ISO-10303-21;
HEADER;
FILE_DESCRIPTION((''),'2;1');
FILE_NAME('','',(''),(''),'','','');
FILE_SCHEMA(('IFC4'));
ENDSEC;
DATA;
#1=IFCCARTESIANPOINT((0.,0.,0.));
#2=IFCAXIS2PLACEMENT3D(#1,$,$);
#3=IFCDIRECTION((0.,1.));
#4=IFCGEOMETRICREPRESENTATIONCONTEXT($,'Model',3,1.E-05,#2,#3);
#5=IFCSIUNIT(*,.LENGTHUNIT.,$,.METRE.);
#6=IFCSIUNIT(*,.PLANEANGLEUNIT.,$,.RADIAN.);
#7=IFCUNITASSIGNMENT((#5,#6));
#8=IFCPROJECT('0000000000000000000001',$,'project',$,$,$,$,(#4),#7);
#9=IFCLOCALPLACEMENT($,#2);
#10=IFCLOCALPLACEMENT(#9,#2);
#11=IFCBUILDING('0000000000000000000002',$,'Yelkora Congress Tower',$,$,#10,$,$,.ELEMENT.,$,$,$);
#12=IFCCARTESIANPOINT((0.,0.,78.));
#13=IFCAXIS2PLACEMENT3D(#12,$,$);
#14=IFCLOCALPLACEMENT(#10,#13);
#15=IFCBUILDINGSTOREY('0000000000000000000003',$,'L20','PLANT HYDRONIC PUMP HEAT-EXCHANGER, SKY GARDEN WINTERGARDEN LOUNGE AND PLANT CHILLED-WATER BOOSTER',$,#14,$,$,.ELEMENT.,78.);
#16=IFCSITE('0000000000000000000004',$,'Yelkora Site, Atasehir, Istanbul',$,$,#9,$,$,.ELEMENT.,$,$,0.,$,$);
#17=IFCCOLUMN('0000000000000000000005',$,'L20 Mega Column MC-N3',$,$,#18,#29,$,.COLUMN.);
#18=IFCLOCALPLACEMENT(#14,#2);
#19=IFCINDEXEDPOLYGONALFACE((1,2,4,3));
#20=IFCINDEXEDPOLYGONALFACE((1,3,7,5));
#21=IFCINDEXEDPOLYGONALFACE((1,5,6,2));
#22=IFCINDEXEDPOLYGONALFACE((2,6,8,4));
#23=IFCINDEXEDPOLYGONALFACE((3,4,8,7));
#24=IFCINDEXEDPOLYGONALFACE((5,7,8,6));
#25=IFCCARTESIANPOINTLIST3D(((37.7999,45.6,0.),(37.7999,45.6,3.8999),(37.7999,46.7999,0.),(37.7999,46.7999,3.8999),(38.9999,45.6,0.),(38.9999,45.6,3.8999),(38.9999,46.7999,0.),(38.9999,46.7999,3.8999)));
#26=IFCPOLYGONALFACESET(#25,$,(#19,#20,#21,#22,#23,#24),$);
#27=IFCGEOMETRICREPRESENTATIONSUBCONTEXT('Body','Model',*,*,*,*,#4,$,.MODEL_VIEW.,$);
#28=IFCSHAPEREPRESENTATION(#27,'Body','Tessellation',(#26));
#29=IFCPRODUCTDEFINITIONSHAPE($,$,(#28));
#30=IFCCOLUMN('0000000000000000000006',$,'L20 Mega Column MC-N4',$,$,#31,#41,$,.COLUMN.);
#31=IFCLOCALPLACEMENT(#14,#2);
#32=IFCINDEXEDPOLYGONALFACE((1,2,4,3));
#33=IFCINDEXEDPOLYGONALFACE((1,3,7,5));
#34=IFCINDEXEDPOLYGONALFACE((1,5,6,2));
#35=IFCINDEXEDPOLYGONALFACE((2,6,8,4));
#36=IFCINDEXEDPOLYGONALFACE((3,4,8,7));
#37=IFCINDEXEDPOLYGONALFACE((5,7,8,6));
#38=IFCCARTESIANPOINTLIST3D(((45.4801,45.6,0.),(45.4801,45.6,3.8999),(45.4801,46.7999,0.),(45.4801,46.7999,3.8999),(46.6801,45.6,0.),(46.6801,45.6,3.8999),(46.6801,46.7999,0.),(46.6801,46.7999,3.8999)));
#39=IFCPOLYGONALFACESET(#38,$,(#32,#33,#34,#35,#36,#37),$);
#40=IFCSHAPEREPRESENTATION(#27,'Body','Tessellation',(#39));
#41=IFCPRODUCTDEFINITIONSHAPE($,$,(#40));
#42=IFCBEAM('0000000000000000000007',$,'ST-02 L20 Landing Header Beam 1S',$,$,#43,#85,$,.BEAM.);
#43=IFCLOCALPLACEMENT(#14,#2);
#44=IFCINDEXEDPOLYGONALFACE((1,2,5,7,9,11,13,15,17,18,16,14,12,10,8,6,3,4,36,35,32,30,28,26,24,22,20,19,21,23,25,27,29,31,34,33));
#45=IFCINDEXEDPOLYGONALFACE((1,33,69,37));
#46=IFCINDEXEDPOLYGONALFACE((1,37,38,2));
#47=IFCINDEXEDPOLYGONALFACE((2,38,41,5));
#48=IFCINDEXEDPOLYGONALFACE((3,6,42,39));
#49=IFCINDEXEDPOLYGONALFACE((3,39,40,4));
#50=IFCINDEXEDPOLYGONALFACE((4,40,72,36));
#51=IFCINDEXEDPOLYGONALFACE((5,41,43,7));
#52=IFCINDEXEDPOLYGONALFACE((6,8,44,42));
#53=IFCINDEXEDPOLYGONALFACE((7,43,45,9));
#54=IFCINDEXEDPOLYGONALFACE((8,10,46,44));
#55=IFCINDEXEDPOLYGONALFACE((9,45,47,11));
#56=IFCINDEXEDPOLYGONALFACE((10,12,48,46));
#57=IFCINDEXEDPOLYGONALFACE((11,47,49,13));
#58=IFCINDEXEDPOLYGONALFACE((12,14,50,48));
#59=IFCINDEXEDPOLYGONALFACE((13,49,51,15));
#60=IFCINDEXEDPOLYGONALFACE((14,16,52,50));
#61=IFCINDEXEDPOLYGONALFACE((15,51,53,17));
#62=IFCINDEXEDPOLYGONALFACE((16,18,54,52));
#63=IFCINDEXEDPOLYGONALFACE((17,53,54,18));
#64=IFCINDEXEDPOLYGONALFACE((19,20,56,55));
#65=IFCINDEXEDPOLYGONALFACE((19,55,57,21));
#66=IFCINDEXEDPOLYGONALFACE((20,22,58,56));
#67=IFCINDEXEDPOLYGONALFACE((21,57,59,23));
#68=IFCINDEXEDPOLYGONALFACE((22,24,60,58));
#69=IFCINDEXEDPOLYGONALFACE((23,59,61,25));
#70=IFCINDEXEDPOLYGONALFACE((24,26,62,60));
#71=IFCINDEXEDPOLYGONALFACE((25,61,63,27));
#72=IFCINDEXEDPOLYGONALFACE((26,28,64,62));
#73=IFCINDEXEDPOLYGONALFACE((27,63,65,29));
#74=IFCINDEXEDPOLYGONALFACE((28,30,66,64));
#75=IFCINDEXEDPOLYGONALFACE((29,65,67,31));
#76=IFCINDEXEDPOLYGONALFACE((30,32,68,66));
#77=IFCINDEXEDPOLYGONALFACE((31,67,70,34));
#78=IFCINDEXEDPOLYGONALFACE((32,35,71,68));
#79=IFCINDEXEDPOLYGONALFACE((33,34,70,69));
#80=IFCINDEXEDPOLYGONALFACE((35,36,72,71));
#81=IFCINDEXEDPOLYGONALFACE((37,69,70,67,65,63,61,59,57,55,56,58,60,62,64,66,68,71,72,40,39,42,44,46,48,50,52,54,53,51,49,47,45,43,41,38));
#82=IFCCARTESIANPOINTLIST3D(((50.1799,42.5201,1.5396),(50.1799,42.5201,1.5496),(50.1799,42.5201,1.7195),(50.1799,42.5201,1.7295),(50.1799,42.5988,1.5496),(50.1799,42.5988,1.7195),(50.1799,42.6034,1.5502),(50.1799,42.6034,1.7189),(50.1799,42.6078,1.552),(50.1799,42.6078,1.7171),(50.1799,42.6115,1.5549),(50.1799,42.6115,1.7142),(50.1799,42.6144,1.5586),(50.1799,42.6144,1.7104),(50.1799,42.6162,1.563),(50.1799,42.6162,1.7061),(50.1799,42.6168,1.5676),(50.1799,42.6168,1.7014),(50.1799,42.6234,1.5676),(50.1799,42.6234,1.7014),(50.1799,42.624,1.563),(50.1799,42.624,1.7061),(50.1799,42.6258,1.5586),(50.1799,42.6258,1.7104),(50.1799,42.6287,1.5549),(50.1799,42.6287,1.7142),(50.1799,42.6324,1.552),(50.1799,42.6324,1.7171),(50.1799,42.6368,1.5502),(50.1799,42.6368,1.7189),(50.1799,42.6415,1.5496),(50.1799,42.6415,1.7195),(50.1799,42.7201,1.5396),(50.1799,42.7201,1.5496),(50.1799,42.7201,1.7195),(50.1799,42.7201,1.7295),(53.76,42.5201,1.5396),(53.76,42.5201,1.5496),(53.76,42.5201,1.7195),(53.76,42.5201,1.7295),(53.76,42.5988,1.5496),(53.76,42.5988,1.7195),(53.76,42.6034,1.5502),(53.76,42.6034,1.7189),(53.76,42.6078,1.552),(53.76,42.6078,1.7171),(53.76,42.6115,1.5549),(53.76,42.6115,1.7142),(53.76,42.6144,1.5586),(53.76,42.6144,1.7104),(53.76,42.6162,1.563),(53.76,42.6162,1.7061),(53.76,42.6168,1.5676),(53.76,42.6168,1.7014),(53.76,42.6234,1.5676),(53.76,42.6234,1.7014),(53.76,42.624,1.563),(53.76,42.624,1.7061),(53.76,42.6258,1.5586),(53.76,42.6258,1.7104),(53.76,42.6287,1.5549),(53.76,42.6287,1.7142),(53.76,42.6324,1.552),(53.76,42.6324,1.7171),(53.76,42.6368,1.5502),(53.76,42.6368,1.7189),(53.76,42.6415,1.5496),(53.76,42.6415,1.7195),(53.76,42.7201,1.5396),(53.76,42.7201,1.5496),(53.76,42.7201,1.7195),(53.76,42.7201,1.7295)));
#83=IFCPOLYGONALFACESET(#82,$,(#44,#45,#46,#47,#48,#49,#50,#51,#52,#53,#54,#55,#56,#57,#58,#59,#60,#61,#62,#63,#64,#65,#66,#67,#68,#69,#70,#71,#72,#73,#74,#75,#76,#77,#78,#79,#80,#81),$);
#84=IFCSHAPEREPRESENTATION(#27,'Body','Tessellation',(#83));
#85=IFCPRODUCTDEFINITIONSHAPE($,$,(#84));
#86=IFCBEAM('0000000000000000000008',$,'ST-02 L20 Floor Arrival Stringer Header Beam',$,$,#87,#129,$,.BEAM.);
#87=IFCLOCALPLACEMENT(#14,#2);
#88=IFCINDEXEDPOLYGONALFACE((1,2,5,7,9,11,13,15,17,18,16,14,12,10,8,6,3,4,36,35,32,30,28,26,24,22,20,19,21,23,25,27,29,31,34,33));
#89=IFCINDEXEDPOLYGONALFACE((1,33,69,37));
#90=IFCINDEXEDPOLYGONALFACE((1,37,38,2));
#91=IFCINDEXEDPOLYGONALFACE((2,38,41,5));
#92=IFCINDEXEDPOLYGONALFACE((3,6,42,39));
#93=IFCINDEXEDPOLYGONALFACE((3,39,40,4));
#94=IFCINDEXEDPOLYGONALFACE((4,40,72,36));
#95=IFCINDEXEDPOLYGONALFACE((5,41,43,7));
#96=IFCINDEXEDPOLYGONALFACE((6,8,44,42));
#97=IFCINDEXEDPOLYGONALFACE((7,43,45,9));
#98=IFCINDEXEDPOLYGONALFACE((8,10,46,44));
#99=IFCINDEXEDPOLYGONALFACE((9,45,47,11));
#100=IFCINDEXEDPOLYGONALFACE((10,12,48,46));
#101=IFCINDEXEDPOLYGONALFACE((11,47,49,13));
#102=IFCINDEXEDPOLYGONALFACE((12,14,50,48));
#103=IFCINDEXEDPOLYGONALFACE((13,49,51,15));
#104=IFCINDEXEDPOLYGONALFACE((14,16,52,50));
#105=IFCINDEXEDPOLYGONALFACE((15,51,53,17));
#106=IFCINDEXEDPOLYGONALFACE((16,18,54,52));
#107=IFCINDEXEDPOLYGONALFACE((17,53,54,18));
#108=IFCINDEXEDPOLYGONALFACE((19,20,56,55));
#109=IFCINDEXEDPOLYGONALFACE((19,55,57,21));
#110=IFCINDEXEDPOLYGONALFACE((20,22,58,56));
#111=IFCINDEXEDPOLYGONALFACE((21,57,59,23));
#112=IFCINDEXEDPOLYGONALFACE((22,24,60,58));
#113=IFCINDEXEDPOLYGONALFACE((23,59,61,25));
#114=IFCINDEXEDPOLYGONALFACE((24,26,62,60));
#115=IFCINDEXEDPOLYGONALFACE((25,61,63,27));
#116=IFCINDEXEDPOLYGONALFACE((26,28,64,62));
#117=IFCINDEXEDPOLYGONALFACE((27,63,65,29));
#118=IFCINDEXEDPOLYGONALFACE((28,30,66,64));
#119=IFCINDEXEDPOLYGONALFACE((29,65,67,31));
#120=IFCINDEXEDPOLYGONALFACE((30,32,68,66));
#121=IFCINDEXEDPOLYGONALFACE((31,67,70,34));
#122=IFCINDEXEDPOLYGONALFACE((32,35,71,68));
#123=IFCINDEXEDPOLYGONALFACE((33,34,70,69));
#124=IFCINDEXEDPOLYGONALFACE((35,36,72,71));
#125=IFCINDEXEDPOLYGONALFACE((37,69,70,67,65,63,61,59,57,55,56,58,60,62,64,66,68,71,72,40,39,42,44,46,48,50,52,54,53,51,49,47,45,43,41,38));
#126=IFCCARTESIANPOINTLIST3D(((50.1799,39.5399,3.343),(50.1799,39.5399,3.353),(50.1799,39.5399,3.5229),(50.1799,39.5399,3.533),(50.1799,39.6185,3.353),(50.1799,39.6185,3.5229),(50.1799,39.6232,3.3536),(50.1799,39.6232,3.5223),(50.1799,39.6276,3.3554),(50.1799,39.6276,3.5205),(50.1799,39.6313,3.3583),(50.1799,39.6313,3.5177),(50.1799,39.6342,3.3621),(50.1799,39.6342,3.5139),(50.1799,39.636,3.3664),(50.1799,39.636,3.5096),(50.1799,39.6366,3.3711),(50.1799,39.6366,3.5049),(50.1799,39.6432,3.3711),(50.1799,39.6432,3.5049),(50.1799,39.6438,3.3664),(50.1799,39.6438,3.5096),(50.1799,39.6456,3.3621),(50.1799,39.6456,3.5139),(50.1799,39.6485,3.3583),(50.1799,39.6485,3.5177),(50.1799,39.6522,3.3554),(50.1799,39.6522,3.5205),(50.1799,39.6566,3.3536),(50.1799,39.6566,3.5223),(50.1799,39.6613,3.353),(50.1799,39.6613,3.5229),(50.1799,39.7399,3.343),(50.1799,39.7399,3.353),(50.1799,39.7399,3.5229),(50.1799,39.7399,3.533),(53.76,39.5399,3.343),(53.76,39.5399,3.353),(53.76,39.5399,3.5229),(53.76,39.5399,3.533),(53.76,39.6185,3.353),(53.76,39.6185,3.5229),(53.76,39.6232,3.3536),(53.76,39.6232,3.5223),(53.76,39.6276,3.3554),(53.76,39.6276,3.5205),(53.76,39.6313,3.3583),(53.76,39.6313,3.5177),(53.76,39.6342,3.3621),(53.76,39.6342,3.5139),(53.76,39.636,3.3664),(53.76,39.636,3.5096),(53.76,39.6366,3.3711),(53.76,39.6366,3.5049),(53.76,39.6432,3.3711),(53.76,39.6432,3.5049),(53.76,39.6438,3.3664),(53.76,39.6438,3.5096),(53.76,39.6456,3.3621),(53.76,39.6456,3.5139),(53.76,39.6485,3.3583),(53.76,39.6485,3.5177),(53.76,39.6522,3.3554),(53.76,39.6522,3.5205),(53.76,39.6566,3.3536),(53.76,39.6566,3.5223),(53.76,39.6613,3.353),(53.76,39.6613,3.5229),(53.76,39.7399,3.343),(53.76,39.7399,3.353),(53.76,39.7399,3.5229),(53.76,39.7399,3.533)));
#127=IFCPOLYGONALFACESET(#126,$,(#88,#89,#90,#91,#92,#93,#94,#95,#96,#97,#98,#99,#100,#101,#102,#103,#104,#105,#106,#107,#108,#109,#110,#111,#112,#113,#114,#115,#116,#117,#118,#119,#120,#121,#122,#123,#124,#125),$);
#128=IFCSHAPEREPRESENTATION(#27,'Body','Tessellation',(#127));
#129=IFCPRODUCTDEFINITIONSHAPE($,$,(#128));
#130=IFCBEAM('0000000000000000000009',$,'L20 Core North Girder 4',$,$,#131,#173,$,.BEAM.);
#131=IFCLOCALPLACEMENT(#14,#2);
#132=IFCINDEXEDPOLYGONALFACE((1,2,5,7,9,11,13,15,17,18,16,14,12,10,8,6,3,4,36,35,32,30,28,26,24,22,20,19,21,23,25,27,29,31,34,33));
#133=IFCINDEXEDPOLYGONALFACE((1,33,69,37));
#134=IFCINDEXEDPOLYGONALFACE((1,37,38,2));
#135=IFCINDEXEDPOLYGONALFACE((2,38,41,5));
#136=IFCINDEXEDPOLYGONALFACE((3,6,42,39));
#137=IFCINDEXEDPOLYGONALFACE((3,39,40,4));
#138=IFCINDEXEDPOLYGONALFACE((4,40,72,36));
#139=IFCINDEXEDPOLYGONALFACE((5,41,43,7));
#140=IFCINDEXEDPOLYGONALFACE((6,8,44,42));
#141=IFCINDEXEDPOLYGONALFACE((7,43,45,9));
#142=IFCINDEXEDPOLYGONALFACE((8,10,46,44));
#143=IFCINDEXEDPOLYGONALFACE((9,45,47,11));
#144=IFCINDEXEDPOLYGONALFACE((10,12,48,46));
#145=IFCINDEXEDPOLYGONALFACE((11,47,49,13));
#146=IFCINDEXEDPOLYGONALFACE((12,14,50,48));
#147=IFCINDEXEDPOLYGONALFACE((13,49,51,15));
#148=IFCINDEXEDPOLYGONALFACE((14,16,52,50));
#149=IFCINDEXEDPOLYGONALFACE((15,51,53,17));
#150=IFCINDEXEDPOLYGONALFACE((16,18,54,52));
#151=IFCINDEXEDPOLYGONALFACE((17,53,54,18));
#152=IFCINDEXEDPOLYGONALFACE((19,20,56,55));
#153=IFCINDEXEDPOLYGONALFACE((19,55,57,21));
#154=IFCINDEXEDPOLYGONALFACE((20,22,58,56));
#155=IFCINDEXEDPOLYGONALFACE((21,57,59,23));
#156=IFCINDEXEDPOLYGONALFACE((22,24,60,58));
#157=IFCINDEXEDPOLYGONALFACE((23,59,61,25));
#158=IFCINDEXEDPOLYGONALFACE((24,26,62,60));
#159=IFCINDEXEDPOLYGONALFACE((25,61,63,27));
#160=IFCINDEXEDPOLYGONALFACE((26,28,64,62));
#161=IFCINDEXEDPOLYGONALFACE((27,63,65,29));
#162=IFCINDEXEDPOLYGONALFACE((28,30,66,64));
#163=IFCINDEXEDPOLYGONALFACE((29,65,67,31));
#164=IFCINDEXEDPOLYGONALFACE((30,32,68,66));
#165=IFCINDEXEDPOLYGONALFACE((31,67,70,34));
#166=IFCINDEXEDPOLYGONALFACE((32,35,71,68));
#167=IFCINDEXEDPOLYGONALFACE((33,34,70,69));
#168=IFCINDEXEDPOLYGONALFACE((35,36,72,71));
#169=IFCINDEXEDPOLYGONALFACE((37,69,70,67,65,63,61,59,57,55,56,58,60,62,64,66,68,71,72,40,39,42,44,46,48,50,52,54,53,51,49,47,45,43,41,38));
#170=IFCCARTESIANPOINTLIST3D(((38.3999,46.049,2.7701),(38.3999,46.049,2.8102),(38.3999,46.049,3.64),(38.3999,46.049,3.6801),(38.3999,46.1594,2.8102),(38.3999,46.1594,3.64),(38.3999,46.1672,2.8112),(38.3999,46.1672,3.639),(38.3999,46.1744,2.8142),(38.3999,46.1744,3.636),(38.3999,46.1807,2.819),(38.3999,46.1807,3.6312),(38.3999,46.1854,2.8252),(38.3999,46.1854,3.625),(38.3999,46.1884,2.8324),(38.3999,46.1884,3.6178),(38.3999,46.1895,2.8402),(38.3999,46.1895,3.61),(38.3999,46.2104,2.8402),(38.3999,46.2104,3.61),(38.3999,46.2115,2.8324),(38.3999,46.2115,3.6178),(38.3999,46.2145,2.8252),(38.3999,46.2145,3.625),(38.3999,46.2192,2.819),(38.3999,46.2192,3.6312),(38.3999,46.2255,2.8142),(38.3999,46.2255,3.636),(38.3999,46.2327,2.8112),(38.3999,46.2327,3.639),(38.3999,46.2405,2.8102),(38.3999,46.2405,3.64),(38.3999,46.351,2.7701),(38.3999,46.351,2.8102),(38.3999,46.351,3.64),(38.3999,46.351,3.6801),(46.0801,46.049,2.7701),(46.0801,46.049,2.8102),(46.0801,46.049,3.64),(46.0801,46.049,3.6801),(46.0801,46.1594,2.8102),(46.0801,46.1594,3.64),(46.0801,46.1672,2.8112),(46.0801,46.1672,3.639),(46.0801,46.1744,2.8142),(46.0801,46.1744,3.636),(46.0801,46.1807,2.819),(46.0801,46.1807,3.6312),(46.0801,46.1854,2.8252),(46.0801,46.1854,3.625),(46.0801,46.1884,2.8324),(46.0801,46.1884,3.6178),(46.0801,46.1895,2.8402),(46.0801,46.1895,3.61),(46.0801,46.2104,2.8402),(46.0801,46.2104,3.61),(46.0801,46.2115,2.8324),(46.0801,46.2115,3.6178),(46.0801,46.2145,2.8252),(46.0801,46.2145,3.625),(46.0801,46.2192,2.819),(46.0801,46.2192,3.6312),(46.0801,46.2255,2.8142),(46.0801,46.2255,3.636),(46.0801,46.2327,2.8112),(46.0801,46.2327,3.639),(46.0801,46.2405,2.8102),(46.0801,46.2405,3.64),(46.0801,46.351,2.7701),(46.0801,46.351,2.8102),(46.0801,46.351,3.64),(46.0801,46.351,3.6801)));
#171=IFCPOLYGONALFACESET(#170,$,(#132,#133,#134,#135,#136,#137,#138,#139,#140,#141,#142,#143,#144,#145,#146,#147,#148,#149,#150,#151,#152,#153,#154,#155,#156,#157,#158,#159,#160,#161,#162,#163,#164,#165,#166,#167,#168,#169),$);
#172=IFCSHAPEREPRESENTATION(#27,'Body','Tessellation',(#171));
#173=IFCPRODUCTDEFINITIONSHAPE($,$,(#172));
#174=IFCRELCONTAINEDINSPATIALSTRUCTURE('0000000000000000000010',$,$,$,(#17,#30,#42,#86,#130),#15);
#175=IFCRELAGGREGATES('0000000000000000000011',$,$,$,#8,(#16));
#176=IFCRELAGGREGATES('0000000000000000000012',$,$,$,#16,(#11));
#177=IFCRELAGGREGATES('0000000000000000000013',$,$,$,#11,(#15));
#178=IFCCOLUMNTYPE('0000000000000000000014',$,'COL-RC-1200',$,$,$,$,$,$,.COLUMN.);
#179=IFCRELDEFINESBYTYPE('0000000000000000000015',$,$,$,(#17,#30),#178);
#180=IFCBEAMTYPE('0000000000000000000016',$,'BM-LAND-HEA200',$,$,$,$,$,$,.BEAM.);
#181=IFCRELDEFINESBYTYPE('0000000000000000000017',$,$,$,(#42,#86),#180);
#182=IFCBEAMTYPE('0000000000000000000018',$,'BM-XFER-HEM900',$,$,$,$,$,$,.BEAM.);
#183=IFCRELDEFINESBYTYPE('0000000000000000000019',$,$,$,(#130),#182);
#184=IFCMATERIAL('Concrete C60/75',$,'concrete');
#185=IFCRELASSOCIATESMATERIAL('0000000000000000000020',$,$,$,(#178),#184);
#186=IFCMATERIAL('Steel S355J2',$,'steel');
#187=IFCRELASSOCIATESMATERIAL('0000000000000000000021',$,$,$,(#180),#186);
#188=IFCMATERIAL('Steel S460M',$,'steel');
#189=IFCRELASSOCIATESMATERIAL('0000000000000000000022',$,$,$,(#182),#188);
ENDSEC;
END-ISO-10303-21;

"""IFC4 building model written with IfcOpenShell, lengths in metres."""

from ifc_helpers import new_model, si_unit, direction, frame, origin, origin_2d, place, context, subcontext, project, spatial, rectangle, i_section, extrude, material, material_profile, profile_set, type_object, element, save


model = new_model("IFC4")

# Units and contexts
model_context = context("Model", 3, precision=1e-05, world=origin(), true_north=direction((0.0, 1.0)))
body_context = subcontext(model_context, "Body", "Model", "MODEL_VIEW")
ifc_project = project(units=[si_unit("LENGTHUNIT", "METRE"), si_unit("PLANEANGLEUNIT", "RADIAN")], contexts=[model_context])

# Site, building, storey
site_placement = place(None, origin())
site = spatial("IfcSite", under=ifc_project, at=site_placement, Name="Yelkora Site, Atasehir, Istanbul", CompositionType="ELEMENT", RefElevation=0.0)
building_placement = place(site_placement, origin())
building = spatial("IfcBuilding", under=site, at=building_placement, Name="Yelkora Congress Tower", CompositionType="ELEMENT")
storey_placement = place(building_placement, frame((0.0, 0.0, 78.0)))
storey = spatial("IfcBuildingStorey", under=building, at=storey_placement, Name="L20", Description="PLANT HYDRONIC PUMP HEAT-EXCHANGER, SKY GARDEN WINTERGARDEN LOUNGE AND PLANT CHILLED-WATER BOOSTER", CompositionType="ELEMENT", Elevation=78.0)

# Columns
ifc_material_1 = material(Name="Concrete C60/75", Category="concrete")
ifc_material_profile_1 = material_profile(ifc_material_1, rectangle(XDim=1.2, YDim=1.2, at=origin_2d()), Name="RC 1200x1200")
ifc_profile_set_1 = profile_set([ifc_material_profile_1], Name="Concrete C60/75")
column_type = type_object("IfcColumnType", Name="COL-RC-1200", PredefinedType="COLUMN", material=ifc_profile_set_1)
for number, where, z_axis, x_axis, name in (
    (1, (38.3999, 46.2, 0.0), (0.0, 0.0, 1.0), (1.0, 0.0, 0.0), "L20 Mega Column MC-N3"),
    (2, (46.0801, 46.2, 0.0), (0.0, 0.0, 1.0), (1.0, 0.0, 0.0), "L20 Mega Column MC-N4"),
):
    element("IfcColumn", number, at=place(storey_placement, frame(where, z_axis=z_axis, x_axis=x_axis)), inside=storey, type_object=column_type, Name=name, PredefinedType="COLUMN", context=body_context, shape_type="SweptSolid", body=[
        extrude(rectangle(XDim=1.2, YDim=1.2, at=origin_2d()), origin(), (0.0, 0.0, 1.0), 3.8999),
    ])

# Beams
ifc_material_2 = material(Name="Steel S355J2", Category="steel")
ifc_material_profile_2 = material_profile(ifc_material_2, i_section(OverallWidth=0.2, OverallDepth=0.1899, WebThickness=0.0066, FlangeThickness=0.01, FilletRadius=0.0181, at=origin_2d()), Name="HEA 200")
ifc_profile_set_2 = profile_set([ifc_material_profile_2], Name="Steel S355J2")
beam_type_1 = type_object("IfcBeamType", Name="BM-LAND-HEA200", PredefinedType="BEAM", material=ifc_profile_set_2)
for number, where, z_axis, x_axis, name in (
    (3, (50.1799, 42.6201, 1.6345), (1.0, 0.0, 0.0), (0.0, 1.0, 0.0), "ST-02 L20 Landing Header Beam 1S"),
    (4, (50.1799, 39.6399, 3.438), (1.0, 0.0, 0.0), (0.0, 1.0, 0.0), "ST-02 L20 Floor Arrival Stringer Header Beam"),
):
    element("IfcBeam", number, at=place(storey_placement, frame(where, z_axis=z_axis, x_axis=x_axis)), inside=storey, type_object=beam_type_1, Name=name, PredefinedType="BEAM", context=body_context, shape_type="SweptSolid", body=[
        extrude(i_section(OverallWidth=0.2, OverallDepth=0.1899, WebThickness=0.0066, FlangeThickness=0.01, FilletRadius=0.0181, at=origin_2d()), origin(), (0.0, 0.0, 1.0), 3.5801),
    ])
ifc_material_3 = material(Name="Steel S460M", Category="steel")
ifc_material_profile_3 = material_profile(ifc_material_3, i_section(OverallWidth=0.302, OverallDepth=0.9099, WebThickness=0.021, FlangeThickness=0.04, FilletRadius=0.03, at=origin_2d()), Name="HEM 900")
ifc_profile_set_3 = profile_set([ifc_material_profile_3], Name="Steel S460M")
beam_type_2 = type_object("IfcBeamType", Name="BM-XFER-HEM900", PredefinedType="BEAM", material=ifc_profile_set_3)
beam_placement = place(storey_placement, frame((38.3999, 46.2, 3.2251), z_axis=(1.0, 0.0, 0.0), x_axis=(0.0, 1.0, 0.0)))
element("IfcBeam", 5, at=beam_placement, inside=storey, type_object=beam_type_2, Name="L20 Core North Girder 4", PredefinedType="BEAM", context=body_context, shape_type="SweptSolid", body=[
    extrude(i_section(OverallWidth=0.302, OverallDepth=0.9099, WebThickness=0.021, FlangeThickness=0.04, FilletRadius=0.03, at=origin_2d()), origin(), (0.0, 0.0, 1.0), 7.6802),
])

save(model, "model.ifc")
